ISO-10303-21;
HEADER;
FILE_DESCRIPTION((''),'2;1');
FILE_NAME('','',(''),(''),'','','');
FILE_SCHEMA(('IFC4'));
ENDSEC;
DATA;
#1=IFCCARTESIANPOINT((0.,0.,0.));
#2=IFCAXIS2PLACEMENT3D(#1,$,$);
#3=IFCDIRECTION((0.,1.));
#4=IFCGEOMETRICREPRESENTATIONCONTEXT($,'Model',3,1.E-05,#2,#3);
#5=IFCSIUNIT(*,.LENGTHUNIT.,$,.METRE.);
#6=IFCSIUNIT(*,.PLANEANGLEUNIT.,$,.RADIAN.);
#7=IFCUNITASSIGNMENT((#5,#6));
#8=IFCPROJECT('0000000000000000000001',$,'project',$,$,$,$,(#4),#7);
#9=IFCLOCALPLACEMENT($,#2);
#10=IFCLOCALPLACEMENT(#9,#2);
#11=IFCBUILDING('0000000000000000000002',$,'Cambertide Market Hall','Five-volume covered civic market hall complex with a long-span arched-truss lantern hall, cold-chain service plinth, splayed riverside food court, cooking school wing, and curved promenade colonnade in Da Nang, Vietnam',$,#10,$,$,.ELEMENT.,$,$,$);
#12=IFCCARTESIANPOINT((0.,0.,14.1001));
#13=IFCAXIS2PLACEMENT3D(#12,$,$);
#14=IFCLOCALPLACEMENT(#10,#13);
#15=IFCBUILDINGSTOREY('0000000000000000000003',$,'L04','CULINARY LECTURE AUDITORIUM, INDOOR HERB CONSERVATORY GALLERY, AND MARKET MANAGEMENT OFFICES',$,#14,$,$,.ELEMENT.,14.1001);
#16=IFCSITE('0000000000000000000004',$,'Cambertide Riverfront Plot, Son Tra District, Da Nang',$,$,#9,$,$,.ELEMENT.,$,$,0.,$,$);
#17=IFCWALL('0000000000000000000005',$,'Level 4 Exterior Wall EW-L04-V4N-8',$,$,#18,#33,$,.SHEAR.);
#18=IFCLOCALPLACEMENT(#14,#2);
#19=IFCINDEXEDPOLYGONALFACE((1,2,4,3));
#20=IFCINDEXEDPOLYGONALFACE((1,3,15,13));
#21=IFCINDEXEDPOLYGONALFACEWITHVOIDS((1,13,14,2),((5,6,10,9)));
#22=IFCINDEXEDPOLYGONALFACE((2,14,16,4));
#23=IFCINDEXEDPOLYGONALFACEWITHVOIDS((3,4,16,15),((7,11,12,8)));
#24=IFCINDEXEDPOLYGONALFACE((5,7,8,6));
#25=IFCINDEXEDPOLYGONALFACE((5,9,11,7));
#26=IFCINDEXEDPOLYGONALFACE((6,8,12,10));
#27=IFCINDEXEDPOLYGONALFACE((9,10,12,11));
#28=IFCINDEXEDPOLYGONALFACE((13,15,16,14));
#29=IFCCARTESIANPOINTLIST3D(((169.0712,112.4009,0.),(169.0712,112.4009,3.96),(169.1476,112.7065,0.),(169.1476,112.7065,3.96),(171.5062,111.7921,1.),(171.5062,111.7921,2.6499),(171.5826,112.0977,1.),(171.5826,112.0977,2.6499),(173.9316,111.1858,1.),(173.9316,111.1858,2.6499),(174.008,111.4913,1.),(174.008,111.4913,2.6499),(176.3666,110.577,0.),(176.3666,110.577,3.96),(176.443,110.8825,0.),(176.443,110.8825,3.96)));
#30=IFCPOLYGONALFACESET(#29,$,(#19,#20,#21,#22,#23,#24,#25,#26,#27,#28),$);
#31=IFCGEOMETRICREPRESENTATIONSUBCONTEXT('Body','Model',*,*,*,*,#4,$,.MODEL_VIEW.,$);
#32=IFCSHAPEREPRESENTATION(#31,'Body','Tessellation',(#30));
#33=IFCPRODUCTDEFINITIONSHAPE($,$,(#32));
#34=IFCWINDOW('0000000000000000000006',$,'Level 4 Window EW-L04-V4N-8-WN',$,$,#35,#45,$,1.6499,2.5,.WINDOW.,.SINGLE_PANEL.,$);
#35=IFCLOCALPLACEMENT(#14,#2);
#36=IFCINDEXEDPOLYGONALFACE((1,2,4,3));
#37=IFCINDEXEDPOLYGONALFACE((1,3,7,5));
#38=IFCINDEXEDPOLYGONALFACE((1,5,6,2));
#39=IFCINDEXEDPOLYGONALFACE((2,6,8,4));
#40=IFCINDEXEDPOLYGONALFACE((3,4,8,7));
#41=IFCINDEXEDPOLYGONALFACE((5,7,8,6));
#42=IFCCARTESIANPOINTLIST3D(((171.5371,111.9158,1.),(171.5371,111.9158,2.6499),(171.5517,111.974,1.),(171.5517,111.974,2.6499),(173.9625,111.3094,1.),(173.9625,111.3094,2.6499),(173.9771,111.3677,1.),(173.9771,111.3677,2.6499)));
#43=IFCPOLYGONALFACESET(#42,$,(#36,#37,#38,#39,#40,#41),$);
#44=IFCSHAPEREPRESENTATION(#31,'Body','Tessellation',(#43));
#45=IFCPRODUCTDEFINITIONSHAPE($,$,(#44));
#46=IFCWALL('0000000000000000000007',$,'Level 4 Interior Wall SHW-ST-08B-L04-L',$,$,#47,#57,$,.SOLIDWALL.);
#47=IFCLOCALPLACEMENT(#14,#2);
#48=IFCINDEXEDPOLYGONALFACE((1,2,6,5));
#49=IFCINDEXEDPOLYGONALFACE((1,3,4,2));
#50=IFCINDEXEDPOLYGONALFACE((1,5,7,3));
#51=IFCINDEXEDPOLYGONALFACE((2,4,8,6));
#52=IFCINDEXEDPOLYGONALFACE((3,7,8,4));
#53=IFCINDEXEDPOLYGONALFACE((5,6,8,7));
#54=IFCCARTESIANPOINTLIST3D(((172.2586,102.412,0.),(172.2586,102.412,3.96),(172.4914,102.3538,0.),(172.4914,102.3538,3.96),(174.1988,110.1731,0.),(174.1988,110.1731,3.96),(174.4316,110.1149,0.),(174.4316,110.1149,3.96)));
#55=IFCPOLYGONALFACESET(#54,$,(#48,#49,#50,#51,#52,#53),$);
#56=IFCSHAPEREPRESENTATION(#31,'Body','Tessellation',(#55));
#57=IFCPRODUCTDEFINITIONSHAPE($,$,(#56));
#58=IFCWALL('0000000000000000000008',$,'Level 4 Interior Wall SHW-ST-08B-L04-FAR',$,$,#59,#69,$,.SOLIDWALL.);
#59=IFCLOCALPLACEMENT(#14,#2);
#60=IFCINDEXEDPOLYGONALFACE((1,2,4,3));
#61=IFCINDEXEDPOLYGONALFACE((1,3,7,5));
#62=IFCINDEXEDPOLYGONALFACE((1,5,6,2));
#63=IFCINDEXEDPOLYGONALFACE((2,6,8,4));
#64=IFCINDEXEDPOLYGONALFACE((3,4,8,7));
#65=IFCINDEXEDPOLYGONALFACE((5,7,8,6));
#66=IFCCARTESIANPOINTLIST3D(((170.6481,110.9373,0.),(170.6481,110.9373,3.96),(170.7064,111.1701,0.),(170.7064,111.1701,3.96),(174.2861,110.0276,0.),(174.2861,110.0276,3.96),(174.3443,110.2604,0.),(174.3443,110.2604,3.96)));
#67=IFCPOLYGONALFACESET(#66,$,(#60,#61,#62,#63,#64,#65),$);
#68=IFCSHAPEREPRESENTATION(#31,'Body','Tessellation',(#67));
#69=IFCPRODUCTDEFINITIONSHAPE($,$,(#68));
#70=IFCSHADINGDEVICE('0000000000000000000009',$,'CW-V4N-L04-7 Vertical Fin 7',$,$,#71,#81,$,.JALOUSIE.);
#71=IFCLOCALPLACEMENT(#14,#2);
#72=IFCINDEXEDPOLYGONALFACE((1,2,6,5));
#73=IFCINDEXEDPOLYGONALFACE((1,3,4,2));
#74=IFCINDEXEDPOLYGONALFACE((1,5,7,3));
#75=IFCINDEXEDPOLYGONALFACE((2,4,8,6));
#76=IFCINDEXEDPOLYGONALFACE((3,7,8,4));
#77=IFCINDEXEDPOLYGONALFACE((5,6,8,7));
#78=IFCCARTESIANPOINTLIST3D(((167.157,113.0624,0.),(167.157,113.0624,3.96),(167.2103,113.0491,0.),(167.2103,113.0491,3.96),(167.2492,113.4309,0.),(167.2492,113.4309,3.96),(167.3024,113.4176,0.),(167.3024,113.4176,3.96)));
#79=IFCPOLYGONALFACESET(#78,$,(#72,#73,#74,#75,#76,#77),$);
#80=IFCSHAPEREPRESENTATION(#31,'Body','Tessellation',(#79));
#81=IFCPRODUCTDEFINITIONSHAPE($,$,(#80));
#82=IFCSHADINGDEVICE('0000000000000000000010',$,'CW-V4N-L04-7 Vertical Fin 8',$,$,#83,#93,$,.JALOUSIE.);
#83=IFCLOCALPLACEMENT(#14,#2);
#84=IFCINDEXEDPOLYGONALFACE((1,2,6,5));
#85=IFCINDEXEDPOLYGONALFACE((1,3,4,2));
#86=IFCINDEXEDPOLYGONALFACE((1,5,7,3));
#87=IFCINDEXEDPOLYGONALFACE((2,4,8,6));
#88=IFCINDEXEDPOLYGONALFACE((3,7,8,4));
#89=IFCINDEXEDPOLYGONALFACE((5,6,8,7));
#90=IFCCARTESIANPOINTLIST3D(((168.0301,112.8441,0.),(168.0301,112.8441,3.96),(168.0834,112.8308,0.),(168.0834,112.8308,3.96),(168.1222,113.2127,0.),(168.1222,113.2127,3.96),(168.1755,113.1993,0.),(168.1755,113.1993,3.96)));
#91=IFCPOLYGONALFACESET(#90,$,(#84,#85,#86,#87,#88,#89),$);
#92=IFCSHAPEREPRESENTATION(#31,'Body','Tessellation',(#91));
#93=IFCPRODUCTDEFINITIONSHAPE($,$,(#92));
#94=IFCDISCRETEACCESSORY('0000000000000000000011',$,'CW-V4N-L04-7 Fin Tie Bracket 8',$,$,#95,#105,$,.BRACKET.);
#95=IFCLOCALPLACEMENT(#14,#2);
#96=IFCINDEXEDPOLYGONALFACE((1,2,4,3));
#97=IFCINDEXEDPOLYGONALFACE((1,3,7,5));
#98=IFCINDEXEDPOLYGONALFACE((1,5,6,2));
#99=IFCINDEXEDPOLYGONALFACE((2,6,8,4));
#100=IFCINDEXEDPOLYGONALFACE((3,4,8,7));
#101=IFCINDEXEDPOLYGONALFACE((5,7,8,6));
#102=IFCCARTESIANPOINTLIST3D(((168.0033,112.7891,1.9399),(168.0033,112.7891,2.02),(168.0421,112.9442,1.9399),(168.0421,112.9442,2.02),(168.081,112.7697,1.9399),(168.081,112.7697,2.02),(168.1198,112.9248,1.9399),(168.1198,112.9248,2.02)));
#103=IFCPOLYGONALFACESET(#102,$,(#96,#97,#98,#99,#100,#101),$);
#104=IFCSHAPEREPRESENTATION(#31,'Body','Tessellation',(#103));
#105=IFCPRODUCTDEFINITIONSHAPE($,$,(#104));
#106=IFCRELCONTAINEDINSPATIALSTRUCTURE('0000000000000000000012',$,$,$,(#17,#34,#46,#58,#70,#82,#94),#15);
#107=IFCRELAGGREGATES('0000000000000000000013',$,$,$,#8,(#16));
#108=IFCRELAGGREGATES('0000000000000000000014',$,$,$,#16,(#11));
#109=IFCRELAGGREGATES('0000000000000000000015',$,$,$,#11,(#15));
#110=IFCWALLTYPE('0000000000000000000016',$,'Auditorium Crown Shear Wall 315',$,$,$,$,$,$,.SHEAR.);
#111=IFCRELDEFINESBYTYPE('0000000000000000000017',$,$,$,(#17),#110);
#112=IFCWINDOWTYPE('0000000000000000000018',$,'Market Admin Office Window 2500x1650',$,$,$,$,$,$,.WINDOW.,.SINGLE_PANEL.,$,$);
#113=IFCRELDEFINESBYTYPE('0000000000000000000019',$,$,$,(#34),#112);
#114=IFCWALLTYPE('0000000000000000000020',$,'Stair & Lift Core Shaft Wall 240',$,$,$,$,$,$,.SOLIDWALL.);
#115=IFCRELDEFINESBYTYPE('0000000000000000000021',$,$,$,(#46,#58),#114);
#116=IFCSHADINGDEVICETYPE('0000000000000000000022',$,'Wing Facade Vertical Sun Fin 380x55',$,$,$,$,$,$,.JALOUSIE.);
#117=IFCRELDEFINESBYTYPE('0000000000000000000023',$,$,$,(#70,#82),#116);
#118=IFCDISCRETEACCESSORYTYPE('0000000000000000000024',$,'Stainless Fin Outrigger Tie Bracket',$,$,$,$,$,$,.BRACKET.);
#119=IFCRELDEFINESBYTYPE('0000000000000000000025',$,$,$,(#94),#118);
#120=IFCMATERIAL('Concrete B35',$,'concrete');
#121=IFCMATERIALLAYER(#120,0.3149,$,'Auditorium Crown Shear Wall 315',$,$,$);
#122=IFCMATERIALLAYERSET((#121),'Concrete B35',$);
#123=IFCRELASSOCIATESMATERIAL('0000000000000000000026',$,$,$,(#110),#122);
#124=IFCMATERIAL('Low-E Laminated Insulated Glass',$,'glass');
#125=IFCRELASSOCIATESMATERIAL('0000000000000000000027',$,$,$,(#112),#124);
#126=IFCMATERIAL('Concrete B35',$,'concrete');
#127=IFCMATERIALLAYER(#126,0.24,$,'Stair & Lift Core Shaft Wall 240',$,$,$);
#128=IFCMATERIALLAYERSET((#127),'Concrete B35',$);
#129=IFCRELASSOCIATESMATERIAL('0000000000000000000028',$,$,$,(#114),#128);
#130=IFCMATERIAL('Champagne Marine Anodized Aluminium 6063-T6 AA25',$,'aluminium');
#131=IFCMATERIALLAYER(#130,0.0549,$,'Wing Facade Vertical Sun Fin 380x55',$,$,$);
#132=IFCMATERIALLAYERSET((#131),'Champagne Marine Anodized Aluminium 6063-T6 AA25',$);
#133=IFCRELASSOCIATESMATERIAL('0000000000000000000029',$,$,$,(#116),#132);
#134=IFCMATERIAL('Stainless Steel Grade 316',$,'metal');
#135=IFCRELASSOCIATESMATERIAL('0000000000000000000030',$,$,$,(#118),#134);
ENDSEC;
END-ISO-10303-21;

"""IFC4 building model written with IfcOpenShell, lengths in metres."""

from ifc_helpers import new_model, si_unit, direction, frame, frame_2d, origin, origin_2d, place, context, subcontext, project, spatial, rectangle, extrude, material, layer, layer_set, type_object, element, fill, save


model = new_model("IFC4")

# Units and contexts
model_context = context("Model", 3, precision=1e-05, world=origin(), true_north=direction((0.0, 1.0)))
body_context = subcontext(model_context, "Body", "Model", "MODEL_VIEW")
ifc_project = project(units=[si_unit("LENGTHUNIT", "METRE"), si_unit("PLANEANGLEUNIT", "RADIAN")], contexts=[model_context])

# Site, building, storey
site_placement = place(None, origin())
site = spatial("IfcSite", under=ifc_project, at=site_placement, Name="Cambertide Riverfront Plot, Son Tra District, Da Nang", CompositionType="ELEMENT", RefElevation=0.0)
building_placement = place(site_placement, origin())
building = spatial("IfcBuilding", under=site, at=building_placement, Name="Cambertide Market Hall", Description="Five-volume covered civic market hall complex with a long-span arched-truss lantern hall, cold-chain service plinth, splayed riverside food court, cooking school wing, and curved promenade colonnade in Da Nang, Vietnam", CompositionType="ELEMENT")
storey_placement = place(building_placement, frame((0.0, 0.0, 14.1001)))
storey = spatial("IfcBuildingStorey", under=building, at=storey_placement, Name="L04", Description="CULINARY LECTURE AUDITORIUM, INDOOR HERB CONSERVATORY GALLERY, AND MARKET MANAGEMENT OFFICES", CompositionType="ELEMENT", Elevation=14.1001)

# Wall, opening, window
ifc_material_1 = material(Name="Concrete B35", Category="concrete")
ifc_layer_1 = layer(ifc_material_1, 0.3149, Name="Auditorium Crown Shear Wall 315")
ifc_layer_set_1 = layer_set([ifc_layer_1], Name="Concrete B35")
wall_type_1 = type_object("IfcWallType", Name="Auditorium Crown Shear Wall 315", PredefinedType="SHEAR", material=ifc_layer_set_1)
wall_1_placement = place(storey_placement, frame((169.1094, 112.5537, 0.0), z_axis=(0.0, 0.0, 1.0), x_axis=(0.970139, -0.242551, 0.0)))
wall_1 = element("IfcWall", 1, at=wall_1_placement, inside=storey, type_object=wall_type_1, Name="Level 4 Exterior Wall EW-L04-V4N-8", PredefinedType="SHEAR", context=body_context, shape_type="SweptSolid", body=[
    extrude(rectangle(XDim=7.52, YDim=0.3149, at=frame_2d((3.76, 0.0))), origin(), (0.0, 0.0, 1.0), 3.96),
])
opening_placement = place(wall_1_placement, frame((2.51, 0.0, 1.0)))
opening = element("IfcOpeningElement", 2, at=opening_placement, cuts=wall_1, PredefinedType="OPENING", context=body_context, shape_type="SweptSolid", body=[
    extrude(rectangle(XDim=2.5, YDim=1.6499, at=frame_2d((1.25, 0.825))), frame((0.0, 0.1675, 0.0), z_axis=(0.0, -1.0, 0.0), x_axis=(1.0, 0.0, 0.0)), (0.0, 0.0, 1.0), 0.335),
])
ifc_material_2 = material(Name="Low-E Laminated Insulated Glass", Category="glass")
window_type = type_object("IfcWindowType", Name="Market Admin Office Window 2500x1650", PartitioningType="SINGLE_PANEL", PredefinedType="WINDOW", material=ifc_material_2)
window_placement = place(opening_placement, origin())
window = element("IfcWindow", 3, at=window_placement, inside=storey, type_object=window_type, Name="Level 4 Window EW-L04-V4N-8-WN", OverallHeight=1.6499, OverallWidth=2.5, PartitioningType="SINGLE_PANEL", PredefinedType="WINDOW", context=body_context, shape_type="SweptSolid", body=[
    extrude(rectangle(XDim=2.5, YDim=1.6499, at=frame_2d((1.25, 0.825))), frame((0.0, 0.03, 0.0), z_axis=(0.0, -1.0, 0.0), x_axis=(1.0, 0.0, 0.0)), (0.0, 0.0, 1.0), 0.0601),
])
fill(opening, window)

# Walls
ifc_material_3 = material(Name="Concrete B35", Category="concrete")
ifc_layer_2 = layer(ifc_material_3, 0.24, Name="Stair & Lift Core Shaft Wall 240")
ifc_layer_set_2 = layer_set([ifc_layer_2], Name="Concrete B35")
wall_type_2 = type_object("IfcWallType", Name="Stair & Lift Core Shaft Wall 240", PredefinedType="SOLIDWALL", material=ifc_layer_set_2)
wall_2_placement = place(storey_placement, frame((174.3152, 110.144, 0.0), z_axis=(0.0, 0.0, 1.0), x_axis=(-0.242521, -0.970146, 0.0)))
element("IfcWall", 4, at=wall_2_placement, inside=storey, type_object=wall_type_2, Name="Level 4 Interior Wall SHW-ST-08B-L04-L", PredefinedType="SOLIDWALL", context=body_context, shape_type="SweptSolid", body=[
    extrude(rectangle(XDim=8.0, YDim=0.24, at=frame_2d((4.0, 0.0))), origin(), (0.0, 0.0, 1.0), 3.96),
])
wall_3_placement = place(storey_placement, frame((170.6772, 111.0537, 0.0), z_axis=(0.0, 0.0, 1.0), x_axis=(0.970131, -0.242582, 0.0)))
element("IfcWall", 5, at=wall_3_placement, inside=storey, type_object=wall_type_2, Name="Level 4 Interior Wall SHW-ST-08B-L04-FAR", PredefinedType="SOLIDWALL", context=body_context, shape_type="SweptSolid", body=[
    extrude(rectangle(XDim=3.75, YDim=0.24, at=frame_2d((1.875, 0.0))), origin(), (0.0, 0.0, 1.0), 3.96),
])

# Shading devices
ifc_material_4 = material(Name="Champagne Marine Anodized Aluminium 6063-T6 AA25", Category="aluminium")
ifc_layer_3 = layer(ifc_material_4, 0.0549, Name="Wing Facade Vertical Sun Fin 380x55")
ifc_layer_set_3 = layer_set([ifc_layer_3], Name="Champagne Marine Anodized Aluminium 6063-T6 AA25")
shading_device_type = type_object("IfcShadingDeviceType", Name="Wing Facade Vertical Sun Fin 380x55", PredefinedType="JALOUSIE", material=ifc_layer_set_3)
for number, where, z_axis, x_axis, name in (
    (6, (167.2297, 113.24, 0.0), (0.0, 0.0, 1.0), (0.970143, -0.242536, 0.0), "CW-V4N-L04-7 Vertical Fin 7"),
    (7, (168.1028, 113.0217, 0.0), (0.0, 0.0, 1.0), (0.970143, -0.242536, 0.0), "CW-V4N-L04-7 Vertical Fin 8"),
):
    element("IfcShadingDevice", number, at=place(storey_placement, frame(where, z_axis=z_axis, x_axis=x_axis)), inside=storey, type_object=shading_device_type, Name=name, PredefinedType="JALOUSIE", context=body_context, shape_type="SweptSolid", body=[
        extrude(rectangle(XDim=0.0549, YDim=0.3799, at=origin_2d()), origin(), (0.0, 0.0, 1.0), 3.96),
    ])

# Discrete accessory
ifc_material_5 = material(Name="Stainless Steel Grade 316", Category="metal")
discrete_accessory_type = type_object("IfcDiscreteAccessoryType", Name="Stainless Fin Outrigger Tie Bracket", PredefinedType="BRACKET", material=ifc_material_5)
discrete_accessory_placement = place(storey_placement, frame((168.0615, 112.8569, 1.9399), z_axis=(0.0, 0.0, 1.0), x_axis=(0.970143, -0.242536, 0.0)))
element("IfcDiscreteAccessory", 8, at=discrete_accessory_placement, inside=storey, type_object=discrete_accessory_type, Name="CW-V4N-L04-7 Fin Tie Bracket 8", PredefinedType="BRACKET", context=body_context, shape_type="SweptSolid", body=[
    extrude(rectangle(XDim=0.0801, YDim=0.1599, at=origin_2d()), origin(), (0.0, 0.0, 1.0), 0.0801),
])

save(model, "model.ifc")
